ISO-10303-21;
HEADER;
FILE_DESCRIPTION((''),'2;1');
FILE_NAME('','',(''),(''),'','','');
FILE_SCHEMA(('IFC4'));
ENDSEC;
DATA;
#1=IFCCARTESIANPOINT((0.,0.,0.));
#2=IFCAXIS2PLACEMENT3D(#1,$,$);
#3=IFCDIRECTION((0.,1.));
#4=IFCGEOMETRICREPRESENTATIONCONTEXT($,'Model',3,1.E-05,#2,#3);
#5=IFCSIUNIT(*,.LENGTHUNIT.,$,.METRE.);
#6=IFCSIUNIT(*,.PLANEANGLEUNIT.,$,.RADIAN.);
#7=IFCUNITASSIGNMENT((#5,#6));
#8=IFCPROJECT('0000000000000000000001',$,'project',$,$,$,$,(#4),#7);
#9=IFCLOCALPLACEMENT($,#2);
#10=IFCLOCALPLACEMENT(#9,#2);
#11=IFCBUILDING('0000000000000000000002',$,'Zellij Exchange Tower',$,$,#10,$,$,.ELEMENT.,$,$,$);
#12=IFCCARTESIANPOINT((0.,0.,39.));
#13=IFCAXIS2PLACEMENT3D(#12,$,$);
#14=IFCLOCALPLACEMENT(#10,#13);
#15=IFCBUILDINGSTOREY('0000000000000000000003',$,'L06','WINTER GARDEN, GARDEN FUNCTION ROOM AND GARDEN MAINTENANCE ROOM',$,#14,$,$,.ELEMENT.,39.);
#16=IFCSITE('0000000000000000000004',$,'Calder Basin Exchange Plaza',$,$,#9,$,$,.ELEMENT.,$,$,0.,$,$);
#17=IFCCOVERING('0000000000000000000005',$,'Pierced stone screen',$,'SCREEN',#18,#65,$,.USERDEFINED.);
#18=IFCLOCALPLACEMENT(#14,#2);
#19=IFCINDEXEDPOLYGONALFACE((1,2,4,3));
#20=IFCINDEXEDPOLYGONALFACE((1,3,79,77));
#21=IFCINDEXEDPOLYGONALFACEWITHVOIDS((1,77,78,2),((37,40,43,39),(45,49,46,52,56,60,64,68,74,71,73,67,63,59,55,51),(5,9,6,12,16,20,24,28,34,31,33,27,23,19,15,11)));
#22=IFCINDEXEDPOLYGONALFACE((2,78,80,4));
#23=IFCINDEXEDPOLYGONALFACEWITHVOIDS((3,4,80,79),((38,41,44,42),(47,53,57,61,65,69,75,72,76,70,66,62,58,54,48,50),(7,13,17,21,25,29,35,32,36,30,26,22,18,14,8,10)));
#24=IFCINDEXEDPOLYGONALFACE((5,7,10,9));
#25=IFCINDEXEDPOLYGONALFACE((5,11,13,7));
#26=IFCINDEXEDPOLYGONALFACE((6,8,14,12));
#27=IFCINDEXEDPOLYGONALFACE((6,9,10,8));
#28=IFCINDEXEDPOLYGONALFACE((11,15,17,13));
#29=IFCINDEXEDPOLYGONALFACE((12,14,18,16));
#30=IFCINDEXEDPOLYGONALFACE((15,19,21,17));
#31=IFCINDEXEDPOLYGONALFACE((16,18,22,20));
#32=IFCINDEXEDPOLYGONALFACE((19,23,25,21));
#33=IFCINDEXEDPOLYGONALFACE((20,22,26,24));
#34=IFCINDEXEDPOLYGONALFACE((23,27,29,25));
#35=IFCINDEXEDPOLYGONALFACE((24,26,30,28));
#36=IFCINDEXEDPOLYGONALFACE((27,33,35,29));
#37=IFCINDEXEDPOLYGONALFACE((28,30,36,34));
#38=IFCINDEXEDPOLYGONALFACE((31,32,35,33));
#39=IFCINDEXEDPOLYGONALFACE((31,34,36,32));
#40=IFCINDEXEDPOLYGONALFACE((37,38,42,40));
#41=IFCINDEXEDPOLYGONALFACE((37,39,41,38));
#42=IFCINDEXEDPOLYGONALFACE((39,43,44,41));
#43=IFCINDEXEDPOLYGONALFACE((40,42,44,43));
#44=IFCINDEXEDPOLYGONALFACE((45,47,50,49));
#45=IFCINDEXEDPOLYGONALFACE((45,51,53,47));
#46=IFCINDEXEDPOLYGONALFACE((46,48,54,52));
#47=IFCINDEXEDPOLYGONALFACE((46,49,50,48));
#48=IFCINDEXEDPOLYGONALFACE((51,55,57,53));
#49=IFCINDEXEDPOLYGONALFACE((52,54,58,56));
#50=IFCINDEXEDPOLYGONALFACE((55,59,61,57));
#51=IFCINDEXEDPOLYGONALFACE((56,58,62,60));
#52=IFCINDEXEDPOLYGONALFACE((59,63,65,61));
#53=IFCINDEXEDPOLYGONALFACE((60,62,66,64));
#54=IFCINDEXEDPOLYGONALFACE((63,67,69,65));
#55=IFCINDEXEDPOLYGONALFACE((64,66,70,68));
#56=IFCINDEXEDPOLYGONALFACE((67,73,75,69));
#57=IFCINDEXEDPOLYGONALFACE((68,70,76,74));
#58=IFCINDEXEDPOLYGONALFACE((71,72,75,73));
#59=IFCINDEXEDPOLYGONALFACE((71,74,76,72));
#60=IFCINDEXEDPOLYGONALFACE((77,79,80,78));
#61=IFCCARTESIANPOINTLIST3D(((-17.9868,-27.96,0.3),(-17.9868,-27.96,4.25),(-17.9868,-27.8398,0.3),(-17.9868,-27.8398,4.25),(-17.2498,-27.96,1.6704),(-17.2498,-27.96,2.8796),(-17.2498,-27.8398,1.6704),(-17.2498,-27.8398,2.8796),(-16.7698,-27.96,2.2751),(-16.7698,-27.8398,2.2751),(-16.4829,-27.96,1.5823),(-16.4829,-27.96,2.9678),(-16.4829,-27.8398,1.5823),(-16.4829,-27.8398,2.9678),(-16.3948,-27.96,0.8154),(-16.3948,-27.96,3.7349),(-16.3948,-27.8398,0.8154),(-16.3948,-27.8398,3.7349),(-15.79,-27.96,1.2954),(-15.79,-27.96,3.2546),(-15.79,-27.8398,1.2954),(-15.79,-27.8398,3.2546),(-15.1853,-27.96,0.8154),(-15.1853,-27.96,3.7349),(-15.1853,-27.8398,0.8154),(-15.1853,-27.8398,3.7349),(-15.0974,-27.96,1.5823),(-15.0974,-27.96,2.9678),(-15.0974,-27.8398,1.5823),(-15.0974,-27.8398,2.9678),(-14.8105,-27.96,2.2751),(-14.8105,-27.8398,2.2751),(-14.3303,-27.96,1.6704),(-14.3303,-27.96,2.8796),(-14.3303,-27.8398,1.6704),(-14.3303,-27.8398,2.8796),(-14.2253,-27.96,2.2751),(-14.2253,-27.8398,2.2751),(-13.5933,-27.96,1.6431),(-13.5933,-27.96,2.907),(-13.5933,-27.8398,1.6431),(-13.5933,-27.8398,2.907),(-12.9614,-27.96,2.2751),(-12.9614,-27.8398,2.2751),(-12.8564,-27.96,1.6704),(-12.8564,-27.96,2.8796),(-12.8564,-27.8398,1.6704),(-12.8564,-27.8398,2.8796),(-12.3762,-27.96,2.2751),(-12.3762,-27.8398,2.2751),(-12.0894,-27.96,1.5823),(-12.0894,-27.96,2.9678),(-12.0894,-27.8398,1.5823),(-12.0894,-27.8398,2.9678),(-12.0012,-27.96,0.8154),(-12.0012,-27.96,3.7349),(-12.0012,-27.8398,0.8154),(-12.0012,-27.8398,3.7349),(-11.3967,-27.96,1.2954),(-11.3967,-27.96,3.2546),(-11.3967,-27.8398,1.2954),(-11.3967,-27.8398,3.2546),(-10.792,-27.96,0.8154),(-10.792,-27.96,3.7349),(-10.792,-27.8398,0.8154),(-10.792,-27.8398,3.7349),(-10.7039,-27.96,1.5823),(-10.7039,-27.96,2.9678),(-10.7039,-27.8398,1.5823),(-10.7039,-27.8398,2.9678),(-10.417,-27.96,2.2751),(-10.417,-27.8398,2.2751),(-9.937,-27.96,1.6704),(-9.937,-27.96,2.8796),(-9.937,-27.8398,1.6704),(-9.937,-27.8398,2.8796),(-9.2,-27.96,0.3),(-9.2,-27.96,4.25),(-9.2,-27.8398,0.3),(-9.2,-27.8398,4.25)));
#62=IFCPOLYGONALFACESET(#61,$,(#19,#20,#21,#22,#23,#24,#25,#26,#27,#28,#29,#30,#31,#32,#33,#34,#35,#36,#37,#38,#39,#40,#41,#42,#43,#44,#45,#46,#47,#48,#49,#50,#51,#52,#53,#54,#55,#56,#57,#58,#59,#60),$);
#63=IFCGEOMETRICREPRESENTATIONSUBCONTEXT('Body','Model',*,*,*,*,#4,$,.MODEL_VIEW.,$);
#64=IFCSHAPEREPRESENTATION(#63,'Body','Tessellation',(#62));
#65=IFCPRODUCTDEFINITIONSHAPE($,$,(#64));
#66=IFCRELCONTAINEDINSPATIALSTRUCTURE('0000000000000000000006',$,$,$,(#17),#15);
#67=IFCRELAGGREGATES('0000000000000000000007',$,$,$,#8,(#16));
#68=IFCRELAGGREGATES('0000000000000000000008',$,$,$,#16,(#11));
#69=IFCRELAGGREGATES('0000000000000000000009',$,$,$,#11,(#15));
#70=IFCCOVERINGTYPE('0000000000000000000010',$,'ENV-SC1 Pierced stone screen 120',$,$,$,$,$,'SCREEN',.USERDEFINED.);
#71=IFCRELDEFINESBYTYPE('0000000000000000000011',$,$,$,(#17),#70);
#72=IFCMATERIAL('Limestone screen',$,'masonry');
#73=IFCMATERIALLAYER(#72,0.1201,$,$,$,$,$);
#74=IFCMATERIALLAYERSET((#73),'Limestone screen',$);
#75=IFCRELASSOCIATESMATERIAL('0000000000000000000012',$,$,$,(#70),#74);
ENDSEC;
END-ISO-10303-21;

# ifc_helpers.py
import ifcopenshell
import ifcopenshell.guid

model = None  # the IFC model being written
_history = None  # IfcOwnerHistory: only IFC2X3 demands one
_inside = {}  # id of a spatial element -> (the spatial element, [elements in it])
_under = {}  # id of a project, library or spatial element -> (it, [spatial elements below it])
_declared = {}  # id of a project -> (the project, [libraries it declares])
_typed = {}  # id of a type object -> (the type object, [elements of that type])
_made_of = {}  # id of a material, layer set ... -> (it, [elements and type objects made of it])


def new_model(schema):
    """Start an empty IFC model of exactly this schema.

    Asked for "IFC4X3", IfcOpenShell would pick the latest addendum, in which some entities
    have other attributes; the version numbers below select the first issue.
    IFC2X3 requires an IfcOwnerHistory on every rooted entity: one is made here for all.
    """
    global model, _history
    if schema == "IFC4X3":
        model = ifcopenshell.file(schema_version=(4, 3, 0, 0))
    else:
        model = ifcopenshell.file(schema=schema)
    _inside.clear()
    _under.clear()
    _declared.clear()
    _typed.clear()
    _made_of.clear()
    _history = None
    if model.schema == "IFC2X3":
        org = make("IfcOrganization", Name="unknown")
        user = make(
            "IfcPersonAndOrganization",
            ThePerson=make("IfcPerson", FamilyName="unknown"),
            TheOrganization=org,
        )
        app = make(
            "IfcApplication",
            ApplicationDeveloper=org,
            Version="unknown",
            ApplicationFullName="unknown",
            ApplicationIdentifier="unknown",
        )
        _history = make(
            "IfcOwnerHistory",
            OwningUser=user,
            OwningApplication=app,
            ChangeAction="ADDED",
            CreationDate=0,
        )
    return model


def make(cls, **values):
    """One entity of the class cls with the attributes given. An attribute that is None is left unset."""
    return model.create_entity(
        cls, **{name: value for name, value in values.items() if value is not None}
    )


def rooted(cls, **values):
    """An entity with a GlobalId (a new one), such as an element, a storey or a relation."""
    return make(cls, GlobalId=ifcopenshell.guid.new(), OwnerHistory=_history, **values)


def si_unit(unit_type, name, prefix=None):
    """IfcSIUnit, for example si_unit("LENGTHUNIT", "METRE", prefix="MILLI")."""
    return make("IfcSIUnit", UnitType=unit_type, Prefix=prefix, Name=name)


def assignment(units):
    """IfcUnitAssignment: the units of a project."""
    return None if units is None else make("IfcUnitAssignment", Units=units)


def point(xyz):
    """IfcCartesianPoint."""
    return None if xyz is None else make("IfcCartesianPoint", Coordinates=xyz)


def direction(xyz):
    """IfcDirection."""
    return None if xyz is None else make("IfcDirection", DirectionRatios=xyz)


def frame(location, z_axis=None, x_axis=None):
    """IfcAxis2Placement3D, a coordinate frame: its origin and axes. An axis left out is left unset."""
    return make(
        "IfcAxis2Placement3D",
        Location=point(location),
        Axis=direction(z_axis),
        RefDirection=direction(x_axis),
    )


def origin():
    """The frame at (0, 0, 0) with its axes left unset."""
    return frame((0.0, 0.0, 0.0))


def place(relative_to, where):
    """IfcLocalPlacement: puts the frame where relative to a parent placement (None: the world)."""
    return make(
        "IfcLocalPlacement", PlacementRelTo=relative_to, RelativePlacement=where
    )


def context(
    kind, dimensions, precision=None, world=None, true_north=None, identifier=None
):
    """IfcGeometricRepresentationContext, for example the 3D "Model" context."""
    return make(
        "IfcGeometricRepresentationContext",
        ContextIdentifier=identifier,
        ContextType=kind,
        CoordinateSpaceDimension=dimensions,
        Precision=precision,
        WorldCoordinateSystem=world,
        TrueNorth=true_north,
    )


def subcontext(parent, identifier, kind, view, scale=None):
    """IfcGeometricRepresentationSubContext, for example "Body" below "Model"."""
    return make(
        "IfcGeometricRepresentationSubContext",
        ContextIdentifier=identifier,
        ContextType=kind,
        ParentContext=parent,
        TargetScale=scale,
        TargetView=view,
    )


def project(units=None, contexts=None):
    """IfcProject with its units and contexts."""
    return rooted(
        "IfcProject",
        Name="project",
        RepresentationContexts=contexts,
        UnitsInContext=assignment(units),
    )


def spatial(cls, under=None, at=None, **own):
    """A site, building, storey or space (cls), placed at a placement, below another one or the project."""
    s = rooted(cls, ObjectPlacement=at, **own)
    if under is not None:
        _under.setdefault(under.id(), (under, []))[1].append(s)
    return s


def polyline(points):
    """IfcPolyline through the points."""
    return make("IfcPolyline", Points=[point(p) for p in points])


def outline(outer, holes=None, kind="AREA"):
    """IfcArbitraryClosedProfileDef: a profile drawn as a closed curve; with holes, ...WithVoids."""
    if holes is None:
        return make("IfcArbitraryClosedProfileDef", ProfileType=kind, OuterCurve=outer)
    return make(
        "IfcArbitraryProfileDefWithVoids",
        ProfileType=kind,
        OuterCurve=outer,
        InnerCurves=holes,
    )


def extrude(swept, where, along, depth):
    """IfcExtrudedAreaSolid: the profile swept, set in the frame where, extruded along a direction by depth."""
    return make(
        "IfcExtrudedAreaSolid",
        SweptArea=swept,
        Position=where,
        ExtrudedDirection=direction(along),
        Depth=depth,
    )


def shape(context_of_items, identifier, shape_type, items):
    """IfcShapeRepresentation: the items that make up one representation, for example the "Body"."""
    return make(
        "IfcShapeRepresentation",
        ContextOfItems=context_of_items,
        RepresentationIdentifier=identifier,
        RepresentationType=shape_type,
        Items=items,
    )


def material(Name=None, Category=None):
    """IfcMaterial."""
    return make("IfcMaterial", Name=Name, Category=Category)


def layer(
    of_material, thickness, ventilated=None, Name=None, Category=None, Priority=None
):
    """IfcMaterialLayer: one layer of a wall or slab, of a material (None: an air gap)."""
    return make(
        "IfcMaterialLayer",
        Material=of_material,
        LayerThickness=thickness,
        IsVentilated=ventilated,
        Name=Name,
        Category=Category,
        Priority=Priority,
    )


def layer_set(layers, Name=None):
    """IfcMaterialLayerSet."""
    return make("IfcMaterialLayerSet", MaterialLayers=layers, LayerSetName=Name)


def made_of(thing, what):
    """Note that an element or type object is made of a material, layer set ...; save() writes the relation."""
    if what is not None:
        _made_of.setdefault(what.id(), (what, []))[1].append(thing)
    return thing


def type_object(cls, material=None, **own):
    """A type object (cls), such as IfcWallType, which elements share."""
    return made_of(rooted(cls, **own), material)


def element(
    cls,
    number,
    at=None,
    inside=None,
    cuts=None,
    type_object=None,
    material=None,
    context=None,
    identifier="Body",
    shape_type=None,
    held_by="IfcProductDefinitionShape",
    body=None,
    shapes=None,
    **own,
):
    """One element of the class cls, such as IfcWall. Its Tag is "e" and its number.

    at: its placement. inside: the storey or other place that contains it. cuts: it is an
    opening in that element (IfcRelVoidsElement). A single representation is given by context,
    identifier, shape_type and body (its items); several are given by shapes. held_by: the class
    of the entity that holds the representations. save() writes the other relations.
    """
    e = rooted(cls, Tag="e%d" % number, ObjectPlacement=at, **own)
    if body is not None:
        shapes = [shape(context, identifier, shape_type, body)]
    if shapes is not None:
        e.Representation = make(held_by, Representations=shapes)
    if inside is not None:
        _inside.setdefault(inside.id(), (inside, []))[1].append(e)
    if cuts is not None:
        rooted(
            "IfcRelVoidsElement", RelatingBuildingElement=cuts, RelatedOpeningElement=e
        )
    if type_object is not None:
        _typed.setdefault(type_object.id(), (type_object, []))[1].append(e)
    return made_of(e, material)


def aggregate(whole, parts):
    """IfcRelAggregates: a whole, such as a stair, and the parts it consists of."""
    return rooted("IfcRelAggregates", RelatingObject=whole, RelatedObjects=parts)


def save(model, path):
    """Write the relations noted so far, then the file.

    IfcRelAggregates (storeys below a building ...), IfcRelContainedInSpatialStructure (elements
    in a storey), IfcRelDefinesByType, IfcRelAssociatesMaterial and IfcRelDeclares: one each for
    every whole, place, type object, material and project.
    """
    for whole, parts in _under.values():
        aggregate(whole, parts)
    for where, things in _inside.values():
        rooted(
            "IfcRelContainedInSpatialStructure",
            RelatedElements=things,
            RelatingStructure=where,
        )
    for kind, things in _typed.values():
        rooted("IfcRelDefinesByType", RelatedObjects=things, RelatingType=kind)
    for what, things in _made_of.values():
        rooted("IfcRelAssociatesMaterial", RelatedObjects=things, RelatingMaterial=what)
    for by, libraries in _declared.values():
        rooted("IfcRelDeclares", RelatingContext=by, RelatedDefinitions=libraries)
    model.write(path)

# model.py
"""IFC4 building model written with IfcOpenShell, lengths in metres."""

from ifc_helpers import new_model, si_unit, direction, frame, origin, place, context, subcontext, project, spatial, polyline, outline, extrude, material, layer, layer_set, type_object, element, save


model = new_model("IFC4")

# Units and contexts
model_context = context("Model", 3, precision=1e-05, world=origin(), true_north=direction((0.0, 1.0)))
body_context = subcontext(model_context, "Body", "Model", "MODEL_VIEW")
ifc_project = project(units=[si_unit("LENGTHUNIT", "METRE"), si_unit("PLANEANGLEUNIT", "RADIAN")], contexts=[model_context])

# Site, building, storey
site_placement = place(None, origin())
site = spatial("IfcSite", under=ifc_project, at=site_placement, Name="Calder Basin Exchange Plaza", CompositionType="ELEMENT", RefElevation=0.0)
building_placement = place(site_placement, origin())
building = spatial("IfcBuilding", under=site, at=building_placement, Name="Zellij Exchange Tower", CompositionType="ELEMENT")
storey_placement = place(building_placement, frame((0.0, 0.0, 39.0)))
storey = spatial("IfcBuildingStorey", under=building, at=storey_placement, Name="L06", Description="WINTER GARDEN, GARDEN FUNCTION ROOM AND GARDEN MAINTENANCE ROOM", CompositionType="ELEMENT", Elevation=39.0)

# Covering
ifc_material_1 = material(Name="Limestone screen", Category="masonry")
ifc_layer_1 = layer(ifc_material_1, 0.1201)
ifc_layer_set_1 = layer_set([ifc_layer_1], Name="Limestone screen")
covering_type = type_object("IfcCoveringType", Name="ENV-SC1 Pierced stone screen 120", ElementType="SCREEN", PredefinedType="USERDEFINED", material=ifc_layer_set_1)
covering_placement = place(storey_placement, frame((-17.9868, -27.8999, 0.3), z_axis=(0.0, 0.0, 1.0), x_axis=(1.0, 0.0, 0.0)))
element("IfcCovering", 1, at=covering_placement, inside=storey, type_object=covering_type, Name="Pierced stone screen", ObjectType="SCREEN", PredefinedType="USERDEFINED", context=body_context, shape_type="SweptSolid", body=[
    extrude(outline(polyline([(0.0, 0.0), (8.7869, 0.0), (8.7869, 3.95), (0.0, 3.95), (0.0, 0.0)]), holes=[polyline([(3.6565, 2.5796), (2.8894, 2.6677), (2.8015, 3.4348), (2.1968, 2.9546), (1.592, 3.4348), (1.5039, 2.6677), (0.7371, 2.5796), (1.217, 1.9751), (0.7371, 1.3704), (1.5039, 1.2822), (1.592, 0.5154), (2.1968, 0.9954), (2.8015, 0.5154), (2.8894, 1.2822), (3.6565, 1.3704), (3.1763, 1.9751), (3.6565, 2.5796)]), polyline([(8.0498, 2.5796), (7.283, 2.6677), (7.1948, 3.4348), (6.5901, 2.9546), (5.9856, 3.4348), (5.8975, 2.6677), (5.1304, 2.5796), (5.6106, 1.9751), (5.1304, 1.3704), (5.8975, 1.2822), (5.9856, 0.5154), (6.5901, 0.9954), (7.1948, 0.5154), (7.283, 1.2822), (8.0498, 1.3704), (7.5698, 1.9751), (8.0498, 2.5796)]), polyline([(5.0254, 1.9751), (4.3936, 2.6069), (3.7615, 1.9751), (4.3936, 1.343), (5.0254, 1.9751)])]), frame((0.0, 0.0601, 0.0), z_axis=(0.0, -1.0, 0.0), x_axis=(1.0, 0.0, 0.0)), (0.0, 0.0, 1.0), 0.1201),
])

save(model, "model.ifc")
